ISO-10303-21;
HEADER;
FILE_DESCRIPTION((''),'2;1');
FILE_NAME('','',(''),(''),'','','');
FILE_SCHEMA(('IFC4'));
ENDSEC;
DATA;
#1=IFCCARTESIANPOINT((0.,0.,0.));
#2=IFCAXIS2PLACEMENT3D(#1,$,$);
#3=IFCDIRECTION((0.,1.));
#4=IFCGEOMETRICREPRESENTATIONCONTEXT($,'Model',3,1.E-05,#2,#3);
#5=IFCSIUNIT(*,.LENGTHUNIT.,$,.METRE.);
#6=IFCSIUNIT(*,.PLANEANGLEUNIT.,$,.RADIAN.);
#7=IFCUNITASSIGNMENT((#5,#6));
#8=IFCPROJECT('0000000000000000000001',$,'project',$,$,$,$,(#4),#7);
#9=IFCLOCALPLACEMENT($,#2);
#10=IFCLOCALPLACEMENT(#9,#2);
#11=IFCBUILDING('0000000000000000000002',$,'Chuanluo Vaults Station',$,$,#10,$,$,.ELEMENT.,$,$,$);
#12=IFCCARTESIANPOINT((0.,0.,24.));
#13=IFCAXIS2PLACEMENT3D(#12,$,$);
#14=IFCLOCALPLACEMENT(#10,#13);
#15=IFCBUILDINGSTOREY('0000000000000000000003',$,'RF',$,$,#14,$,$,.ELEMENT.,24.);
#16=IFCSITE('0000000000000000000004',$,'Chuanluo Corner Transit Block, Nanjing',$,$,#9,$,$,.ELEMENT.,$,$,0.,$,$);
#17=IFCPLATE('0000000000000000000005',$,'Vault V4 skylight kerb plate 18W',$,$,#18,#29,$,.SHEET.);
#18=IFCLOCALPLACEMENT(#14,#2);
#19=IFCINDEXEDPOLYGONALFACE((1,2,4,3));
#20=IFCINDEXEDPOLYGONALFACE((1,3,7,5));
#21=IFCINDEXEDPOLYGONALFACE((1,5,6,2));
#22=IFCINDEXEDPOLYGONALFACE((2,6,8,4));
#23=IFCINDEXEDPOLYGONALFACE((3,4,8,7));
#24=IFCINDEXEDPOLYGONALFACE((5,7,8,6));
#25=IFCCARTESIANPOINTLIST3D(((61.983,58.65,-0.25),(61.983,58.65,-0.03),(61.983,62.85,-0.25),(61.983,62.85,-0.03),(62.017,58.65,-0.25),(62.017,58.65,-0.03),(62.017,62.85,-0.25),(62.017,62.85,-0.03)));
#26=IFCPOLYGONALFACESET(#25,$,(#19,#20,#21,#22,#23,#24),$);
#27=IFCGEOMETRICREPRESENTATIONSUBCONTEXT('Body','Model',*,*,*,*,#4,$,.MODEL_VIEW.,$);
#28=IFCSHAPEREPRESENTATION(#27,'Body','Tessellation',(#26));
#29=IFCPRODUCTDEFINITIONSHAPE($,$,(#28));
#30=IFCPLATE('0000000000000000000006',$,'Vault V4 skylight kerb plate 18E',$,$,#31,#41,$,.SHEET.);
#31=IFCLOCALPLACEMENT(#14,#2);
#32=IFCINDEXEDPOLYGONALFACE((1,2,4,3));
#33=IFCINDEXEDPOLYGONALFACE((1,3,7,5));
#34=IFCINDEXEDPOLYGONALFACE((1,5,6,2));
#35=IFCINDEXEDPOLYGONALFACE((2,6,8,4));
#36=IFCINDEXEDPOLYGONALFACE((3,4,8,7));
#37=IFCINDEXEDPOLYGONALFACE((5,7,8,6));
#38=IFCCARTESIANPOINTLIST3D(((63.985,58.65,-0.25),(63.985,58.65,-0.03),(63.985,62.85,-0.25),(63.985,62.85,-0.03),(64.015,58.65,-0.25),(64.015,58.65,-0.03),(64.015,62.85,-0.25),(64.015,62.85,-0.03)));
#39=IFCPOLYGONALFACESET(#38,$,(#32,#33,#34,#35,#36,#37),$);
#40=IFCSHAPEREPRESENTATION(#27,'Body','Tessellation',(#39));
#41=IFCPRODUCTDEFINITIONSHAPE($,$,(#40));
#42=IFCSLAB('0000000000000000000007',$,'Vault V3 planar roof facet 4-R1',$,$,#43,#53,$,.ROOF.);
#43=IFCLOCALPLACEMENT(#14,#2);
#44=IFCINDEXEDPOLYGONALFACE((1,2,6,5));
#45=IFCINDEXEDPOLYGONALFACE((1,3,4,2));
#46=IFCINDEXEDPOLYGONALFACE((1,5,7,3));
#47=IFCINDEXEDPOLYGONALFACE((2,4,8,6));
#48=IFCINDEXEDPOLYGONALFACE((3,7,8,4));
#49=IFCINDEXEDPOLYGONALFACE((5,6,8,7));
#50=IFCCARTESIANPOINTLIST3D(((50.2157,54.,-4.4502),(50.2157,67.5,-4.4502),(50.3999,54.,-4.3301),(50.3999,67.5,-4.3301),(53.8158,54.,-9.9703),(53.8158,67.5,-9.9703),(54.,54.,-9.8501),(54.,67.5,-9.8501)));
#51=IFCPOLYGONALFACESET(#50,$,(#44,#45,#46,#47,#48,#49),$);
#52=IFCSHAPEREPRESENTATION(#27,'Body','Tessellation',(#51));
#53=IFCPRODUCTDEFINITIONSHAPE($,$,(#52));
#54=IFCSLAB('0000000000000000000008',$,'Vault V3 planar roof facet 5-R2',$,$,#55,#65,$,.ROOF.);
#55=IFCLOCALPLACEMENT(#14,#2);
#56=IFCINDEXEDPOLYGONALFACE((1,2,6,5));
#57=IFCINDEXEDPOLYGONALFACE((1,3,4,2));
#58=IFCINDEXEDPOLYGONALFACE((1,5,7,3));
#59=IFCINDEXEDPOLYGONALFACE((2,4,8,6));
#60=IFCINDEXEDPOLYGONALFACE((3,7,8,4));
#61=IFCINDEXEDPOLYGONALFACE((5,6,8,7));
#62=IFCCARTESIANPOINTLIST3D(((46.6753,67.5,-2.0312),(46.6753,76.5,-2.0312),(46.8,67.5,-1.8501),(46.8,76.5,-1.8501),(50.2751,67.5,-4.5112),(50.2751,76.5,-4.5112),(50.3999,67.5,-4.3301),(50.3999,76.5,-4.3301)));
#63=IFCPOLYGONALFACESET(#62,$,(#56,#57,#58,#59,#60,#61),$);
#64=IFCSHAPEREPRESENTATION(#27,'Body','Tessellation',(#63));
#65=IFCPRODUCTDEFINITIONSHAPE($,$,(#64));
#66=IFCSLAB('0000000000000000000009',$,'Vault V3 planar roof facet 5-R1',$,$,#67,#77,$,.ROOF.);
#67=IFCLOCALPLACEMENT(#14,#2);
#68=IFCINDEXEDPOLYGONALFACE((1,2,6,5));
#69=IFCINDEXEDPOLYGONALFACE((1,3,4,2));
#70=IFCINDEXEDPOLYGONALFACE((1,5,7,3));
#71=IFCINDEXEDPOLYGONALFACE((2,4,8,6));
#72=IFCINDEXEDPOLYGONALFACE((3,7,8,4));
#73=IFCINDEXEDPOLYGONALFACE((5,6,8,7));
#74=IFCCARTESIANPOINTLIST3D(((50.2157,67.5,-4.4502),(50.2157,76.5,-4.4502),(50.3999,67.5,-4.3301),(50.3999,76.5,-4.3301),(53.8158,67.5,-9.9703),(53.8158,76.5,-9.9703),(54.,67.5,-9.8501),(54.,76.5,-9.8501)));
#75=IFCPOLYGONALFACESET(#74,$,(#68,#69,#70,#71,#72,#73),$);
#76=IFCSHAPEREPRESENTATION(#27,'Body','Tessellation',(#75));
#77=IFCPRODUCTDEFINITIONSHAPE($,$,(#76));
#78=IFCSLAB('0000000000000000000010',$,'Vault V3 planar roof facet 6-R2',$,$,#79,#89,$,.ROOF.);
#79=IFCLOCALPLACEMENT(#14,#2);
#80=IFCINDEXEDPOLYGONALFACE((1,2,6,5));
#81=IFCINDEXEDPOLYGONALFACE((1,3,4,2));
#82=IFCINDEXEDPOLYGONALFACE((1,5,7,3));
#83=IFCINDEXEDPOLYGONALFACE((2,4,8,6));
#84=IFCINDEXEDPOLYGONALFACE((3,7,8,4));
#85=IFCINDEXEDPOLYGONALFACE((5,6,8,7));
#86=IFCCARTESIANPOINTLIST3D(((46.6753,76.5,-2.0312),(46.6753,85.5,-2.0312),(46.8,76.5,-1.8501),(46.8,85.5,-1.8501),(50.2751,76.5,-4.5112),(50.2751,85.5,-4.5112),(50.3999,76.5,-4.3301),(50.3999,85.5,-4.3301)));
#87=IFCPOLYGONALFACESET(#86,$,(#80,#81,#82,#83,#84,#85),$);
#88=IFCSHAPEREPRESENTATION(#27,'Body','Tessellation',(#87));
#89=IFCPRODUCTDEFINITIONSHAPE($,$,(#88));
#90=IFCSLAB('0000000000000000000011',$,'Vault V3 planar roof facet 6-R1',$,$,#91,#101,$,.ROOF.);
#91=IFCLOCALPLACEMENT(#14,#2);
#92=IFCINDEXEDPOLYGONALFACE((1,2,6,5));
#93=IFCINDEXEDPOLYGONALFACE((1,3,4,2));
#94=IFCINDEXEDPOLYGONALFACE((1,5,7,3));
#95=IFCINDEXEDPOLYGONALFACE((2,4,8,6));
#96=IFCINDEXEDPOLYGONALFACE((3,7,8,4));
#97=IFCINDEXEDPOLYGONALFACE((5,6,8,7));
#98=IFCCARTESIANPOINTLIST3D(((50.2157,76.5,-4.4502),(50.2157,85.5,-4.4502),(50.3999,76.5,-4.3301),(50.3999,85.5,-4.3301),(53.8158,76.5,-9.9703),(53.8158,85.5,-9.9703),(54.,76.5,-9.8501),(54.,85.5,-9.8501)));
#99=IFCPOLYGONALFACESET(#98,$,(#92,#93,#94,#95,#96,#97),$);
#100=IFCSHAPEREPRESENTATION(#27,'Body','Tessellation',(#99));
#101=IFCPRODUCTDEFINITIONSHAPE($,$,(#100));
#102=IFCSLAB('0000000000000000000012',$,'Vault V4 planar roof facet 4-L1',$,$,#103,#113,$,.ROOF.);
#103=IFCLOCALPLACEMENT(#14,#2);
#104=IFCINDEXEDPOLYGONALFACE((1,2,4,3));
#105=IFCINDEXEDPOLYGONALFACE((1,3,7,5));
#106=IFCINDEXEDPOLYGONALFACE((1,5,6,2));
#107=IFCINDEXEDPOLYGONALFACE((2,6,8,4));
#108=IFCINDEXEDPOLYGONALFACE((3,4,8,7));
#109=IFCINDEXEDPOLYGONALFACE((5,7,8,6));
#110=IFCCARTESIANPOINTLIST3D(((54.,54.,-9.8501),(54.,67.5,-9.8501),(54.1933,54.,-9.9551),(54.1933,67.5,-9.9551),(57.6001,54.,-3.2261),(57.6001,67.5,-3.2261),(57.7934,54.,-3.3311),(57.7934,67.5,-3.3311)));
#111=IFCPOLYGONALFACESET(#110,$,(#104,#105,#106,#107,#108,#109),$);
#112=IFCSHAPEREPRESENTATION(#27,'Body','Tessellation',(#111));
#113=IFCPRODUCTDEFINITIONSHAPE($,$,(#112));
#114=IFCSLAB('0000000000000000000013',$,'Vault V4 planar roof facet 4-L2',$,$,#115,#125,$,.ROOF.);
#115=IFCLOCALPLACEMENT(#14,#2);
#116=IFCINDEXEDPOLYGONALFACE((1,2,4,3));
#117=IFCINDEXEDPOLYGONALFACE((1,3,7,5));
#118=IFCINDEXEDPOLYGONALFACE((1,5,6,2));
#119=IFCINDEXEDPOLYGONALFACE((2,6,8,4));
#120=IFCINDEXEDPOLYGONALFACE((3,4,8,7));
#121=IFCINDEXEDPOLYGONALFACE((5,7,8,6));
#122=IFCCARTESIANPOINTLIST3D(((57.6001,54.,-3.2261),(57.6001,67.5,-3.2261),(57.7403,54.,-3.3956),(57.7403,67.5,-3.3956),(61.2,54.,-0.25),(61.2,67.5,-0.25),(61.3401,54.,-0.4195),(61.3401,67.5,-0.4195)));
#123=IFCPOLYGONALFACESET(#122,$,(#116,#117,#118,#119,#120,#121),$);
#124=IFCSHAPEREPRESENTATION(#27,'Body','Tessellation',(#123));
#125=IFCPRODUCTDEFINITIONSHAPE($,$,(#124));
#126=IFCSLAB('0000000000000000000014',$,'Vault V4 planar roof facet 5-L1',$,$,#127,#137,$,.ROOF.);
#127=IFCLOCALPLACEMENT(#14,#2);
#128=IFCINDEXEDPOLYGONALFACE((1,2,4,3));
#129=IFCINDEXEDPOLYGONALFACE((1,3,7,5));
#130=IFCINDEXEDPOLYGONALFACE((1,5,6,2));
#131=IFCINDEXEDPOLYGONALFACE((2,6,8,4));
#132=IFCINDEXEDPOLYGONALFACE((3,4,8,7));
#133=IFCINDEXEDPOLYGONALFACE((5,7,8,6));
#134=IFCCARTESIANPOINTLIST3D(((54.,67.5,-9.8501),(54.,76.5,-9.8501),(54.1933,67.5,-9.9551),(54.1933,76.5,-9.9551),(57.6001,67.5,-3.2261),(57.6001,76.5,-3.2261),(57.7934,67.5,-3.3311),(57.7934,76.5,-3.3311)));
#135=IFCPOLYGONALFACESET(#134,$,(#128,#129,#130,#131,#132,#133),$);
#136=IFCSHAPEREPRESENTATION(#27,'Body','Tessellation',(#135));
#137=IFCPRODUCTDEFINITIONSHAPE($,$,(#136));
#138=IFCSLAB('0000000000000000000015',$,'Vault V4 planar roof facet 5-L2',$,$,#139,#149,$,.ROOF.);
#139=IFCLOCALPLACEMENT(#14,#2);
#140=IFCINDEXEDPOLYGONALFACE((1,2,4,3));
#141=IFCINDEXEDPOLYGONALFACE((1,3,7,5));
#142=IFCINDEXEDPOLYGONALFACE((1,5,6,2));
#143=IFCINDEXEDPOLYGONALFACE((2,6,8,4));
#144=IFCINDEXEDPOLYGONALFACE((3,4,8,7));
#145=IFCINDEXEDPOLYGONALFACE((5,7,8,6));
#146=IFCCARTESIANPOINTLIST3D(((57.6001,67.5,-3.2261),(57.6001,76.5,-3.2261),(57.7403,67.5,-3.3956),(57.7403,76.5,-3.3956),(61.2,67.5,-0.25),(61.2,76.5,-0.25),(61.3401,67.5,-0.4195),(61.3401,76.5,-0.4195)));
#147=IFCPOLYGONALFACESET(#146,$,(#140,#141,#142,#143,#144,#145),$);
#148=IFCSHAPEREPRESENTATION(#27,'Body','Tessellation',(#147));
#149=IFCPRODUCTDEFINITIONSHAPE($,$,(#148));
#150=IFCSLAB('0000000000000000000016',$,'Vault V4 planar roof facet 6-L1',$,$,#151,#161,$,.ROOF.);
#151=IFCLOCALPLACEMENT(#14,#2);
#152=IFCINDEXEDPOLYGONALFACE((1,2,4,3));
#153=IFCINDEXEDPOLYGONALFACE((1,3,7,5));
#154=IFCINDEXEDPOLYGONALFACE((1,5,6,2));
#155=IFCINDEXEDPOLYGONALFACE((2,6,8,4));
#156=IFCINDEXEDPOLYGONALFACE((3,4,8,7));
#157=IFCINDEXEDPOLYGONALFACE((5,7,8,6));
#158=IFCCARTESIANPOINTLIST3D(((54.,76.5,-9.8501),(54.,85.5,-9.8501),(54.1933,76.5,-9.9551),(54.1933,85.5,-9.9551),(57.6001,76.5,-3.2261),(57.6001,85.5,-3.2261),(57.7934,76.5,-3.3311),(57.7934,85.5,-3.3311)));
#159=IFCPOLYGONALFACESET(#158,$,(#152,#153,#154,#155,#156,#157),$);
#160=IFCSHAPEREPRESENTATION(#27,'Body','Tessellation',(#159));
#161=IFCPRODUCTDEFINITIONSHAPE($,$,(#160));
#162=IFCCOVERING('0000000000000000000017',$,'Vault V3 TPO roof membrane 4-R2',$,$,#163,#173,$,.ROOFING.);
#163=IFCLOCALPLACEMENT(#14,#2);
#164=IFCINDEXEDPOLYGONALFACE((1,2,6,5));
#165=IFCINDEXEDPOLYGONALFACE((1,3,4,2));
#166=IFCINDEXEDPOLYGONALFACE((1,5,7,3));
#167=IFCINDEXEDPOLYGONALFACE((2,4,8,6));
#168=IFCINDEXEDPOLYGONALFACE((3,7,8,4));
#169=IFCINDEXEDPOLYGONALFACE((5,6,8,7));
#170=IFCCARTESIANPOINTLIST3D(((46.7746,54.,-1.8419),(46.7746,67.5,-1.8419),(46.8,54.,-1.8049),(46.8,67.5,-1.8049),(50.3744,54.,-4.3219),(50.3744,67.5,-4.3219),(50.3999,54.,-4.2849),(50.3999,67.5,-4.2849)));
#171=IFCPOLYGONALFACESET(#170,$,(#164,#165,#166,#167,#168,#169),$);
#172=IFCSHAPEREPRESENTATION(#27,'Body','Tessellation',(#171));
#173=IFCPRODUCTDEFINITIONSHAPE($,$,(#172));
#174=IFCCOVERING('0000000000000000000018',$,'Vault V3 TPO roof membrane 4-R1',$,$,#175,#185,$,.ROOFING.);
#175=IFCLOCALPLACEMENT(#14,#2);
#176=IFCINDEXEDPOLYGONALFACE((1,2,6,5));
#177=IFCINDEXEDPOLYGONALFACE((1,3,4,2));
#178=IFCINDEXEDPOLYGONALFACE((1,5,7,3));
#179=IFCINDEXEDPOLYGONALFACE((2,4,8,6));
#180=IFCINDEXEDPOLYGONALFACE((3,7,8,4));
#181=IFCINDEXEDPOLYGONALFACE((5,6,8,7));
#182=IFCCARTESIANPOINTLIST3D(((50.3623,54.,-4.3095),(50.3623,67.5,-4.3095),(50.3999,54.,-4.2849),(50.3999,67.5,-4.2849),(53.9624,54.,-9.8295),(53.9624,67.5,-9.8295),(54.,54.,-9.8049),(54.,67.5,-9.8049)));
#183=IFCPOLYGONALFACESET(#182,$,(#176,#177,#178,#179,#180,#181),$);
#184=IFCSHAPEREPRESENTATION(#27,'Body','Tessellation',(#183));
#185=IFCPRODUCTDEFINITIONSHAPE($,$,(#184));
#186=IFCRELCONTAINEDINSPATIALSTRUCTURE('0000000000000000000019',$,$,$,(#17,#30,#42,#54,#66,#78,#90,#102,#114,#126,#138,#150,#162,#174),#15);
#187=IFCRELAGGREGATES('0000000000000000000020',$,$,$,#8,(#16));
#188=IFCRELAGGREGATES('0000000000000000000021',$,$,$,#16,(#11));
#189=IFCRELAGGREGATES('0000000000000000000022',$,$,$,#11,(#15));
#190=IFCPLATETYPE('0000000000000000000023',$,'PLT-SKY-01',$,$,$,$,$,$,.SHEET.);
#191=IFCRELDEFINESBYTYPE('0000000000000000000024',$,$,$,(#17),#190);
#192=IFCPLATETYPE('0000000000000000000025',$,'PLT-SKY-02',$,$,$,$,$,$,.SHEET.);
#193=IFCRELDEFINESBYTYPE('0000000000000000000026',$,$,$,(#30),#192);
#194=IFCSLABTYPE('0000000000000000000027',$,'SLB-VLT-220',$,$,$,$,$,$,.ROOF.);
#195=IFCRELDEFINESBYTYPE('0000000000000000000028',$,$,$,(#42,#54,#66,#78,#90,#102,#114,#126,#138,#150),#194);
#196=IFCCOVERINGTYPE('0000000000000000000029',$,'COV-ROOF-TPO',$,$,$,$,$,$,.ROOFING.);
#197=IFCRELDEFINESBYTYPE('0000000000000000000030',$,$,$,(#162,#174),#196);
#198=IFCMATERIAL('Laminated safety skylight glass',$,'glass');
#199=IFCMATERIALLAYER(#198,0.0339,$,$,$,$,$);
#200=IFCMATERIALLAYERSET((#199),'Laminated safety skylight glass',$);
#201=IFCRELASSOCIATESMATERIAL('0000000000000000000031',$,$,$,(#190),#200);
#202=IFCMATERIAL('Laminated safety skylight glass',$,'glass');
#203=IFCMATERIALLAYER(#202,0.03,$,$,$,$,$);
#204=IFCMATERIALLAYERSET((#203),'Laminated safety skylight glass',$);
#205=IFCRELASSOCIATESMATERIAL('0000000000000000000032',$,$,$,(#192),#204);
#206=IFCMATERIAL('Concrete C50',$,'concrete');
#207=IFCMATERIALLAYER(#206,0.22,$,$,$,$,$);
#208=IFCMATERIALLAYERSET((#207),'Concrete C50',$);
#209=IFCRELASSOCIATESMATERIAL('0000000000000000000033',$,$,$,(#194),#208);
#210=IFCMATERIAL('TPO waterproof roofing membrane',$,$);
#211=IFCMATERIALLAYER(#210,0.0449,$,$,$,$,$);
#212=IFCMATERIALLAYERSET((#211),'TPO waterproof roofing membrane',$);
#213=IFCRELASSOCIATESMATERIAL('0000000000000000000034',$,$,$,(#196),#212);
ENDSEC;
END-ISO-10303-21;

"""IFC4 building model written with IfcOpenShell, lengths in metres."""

from ifc_helpers import new_model, si_unit, direction, frame, origin, origin_2d, place, context, subcontext, project, spatial, polyline, rectangle, outline, extrude, material, layer, layer_set, type_object, element, save


model = new_model("IFC4")

# Units and contexts
model_context = context("Model", 3, precision=1e-05, world=origin(), true_north=direction((0.0, 1.0)))
body_context = subcontext(model_context, "Body", "Model", "MODEL_VIEW")
ifc_project = project(units=[si_unit("LENGTHUNIT", "METRE"), si_unit("PLANEANGLEUNIT", "RADIAN")], contexts=[model_context])

# Site, building, storey
site_placement = place(None, origin())
site = spatial("IfcSite", under=ifc_project, at=site_placement, Name="Chuanluo Corner Transit Block, Nanjing", CompositionType="ELEMENT", RefElevation=0.0)
building_placement = place(site_placement, origin())
building = spatial("IfcBuilding", under=site, at=building_placement, Name="Chuanluo Vaults Station", CompositionType="ELEMENT")
storey_placement = place(building_placement, frame((0.0, 0.0, 24.0)))
storey = spatial("IfcBuildingStorey", under=building, at=storey_placement, Name="RF", CompositionType="ELEMENT", Elevation=24.0)

# Plates
ifc_material_1 = material(Name="Laminated safety skylight glass", Category="glass")
ifc_layer_1 = layer(ifc_material_1, 0.0339)
ifc_layer_set_1 = layer_set([ifc_layer_1], Name="Laminated safety skylight glass")
plate_type_1 = type_object("IfcPlateType", Name="PLT-SKY-01", PredefinedType="SHEET", material=ifc_layer_set_1)
plate_1_placement = place(storey_placement, frame((62.0, 60.75, -0.25), z_axis=(0.0, 0.0, 1.0), x_axis=(1.0, 0.0, 0.0)))
element("IfcPlate", 1, at=plate_1_placement, inside=storey, type_object=plate_type_1, Name="Vault V4 skylight kerb plate 18W", PredefinedType="SHEET", context=body_context, shape_type="SweptSolid", body=[
    extrude(rectangle(XDim=0.0339, YDim=4.2, at=origin_2d()), origin(), (0.0, 0.0, 1.0), 0.22),
])
ifc_material_2 = material(Name="Laminated safety skylight glass", Category="glass")
ifc_layer_2 = layer(ifc_material_2, 0.03)
ifc_layer_set_2 = layer_set([ifc_layer_2], Name="Laminated safety skylight glass")
plate_type_2 = type_object("IfcPlateType", Name="PLT-SKY-02", PredefinedType="SHEET", material=ifc_layer_set_2)
plate_2_placement = place(storey_placement, frame((64.0, 60.75, -0.25), z_axis=(0.0, 0.0, 1.0), x_axis=(1.0, 0.0, 0.0)))
element("IfcPlate", 2, at=plate_2_placement, inside=storey, type_object=plate_type_2, Name="Vault V4 skylight kerb plate 18E", PredefinedType="SHEET", context=body_context, shape_type="SweptSolid", body=[
    extrude(rectangle(XDim=0.03, YDim=4.2, at=origin_2d()), origin(), (0.0, 0.0, 1.0), 0.22),
])

# Slabs
ifc_material_3 = material(Name="Concrete C50", Category="concrete")
ifc_layer_3 = layer(ifc_material_3, 0.22)
ifc_layer_set_3 = layer_set([ifc_layer_3], Name="Concrete C50")
slab_type = type_object("IfcSlabType", Name="SLB-VLT-220", PredefinedType="ROOF", material=ifc_layer_set_3)
slab_1_placement = place(storey_placement, frame((50.3999, 54.0, -4.3301), z_axis=(0.837605, 0.0, 0.546277), x_axis=(0.546277, 0.0, -0.837605)))
element("IfcSlab", 3, at=slab_1_placement, inside=storey, type_object=slab_type, Name="Vault V3 planar roof facet 4-R1", PredefinedType="ROOF", context=body_context, shape_type="SweptSolid", body=[
    extrude(outline(polyline([(0.0, 0.0), (6.5902, 0.0), (6.5902, 13.5), (0.0, 13.5), (0.0, 0.0)])), origin(), (0.0, 0.0, -1.0), 0.22),
])
slab_2_placement = place(storey_placement, frame((46.8, 67.5, -1.8501), z_axis=(0.567318, 0.0, 0.823499), x_axis=(0.823499, 0.0, -0.567318)))
element("IfcSlab", 4, at=slab_2_placement, inside=storey, type_object=slab_type, Name="Vault V3 planar roof facet 5-R2", PredefinedType="ROOF", context=body_context, shape_type="SweptSolid", body=[
    extrude(outline(polyline([(0.0, 0.0), (4.3714, 0.0), (4.3714, 9.0), (0.0, 9.0), (0.0, 0.0)])), origin(), (0.0, 0.0, -1.0), 0.22),
])
slab_3_placement = place(storey_placement, frame((50.3999, 67.5, -4.3301), z_axis=(0.837605, 0.0, 0.546277), x_axis=(0.546277, 0.0, -0.837605)))
element("IfcSlab", 5, at=slab_3_placement, inside=storey, type_object=slab_type, Name="Vault V3 planar roof facet 5-R1", PredefinedType="ROOF", context=body_context, shape_type="SweptSolid", body=[
    extrude(outline(polyline([(0.0, 0.0), (6.5902, 0.0), (6.5902, 9.0), (0.0, 9.0), (0.0, 0.0)])), origin(), (0.0, 0.0, -1.0), 0.22),
])
slab_4_placement = place(storey_placement, frame((46.8, 76.5, -1.8501), z_axis=(0.567318, 0.0, 0.823499), x_axis=(0.823499, 0.0, -0.567318)))
element("IfcSlab", 6, at=slab_4_placement, inside=storey, type_object=slab_type, Name="Vault V3 planar roof facet 6-R2", PredefinedType="ROOF", context=body_context, shape_type="SweptSolid", body=[
    extrude(outline(polyline([(0.0, 0.0), (4.3714, 0.0), (4.3714, 9.0), (0.0, 9.0), (0.0, 0.0)])), origin(), (0.0, 0.0, -1.0), 0.22),
])
slab_5_placement = place(storey_placement, frame((50.3999, 76.5, -4.3301), z_axis=(0.837605, 0.0, 0.546277), x_axis=(0.546277, 0.0, -0.837605)))
element("IfcSlab", 7, at=slab_5_placement, inside=storey, type_object=slab_type, Name="Vault V3 planar roof facet 6-R1", PredefinedType="ROOF", context=body_context, shape_type="SweptSolid", body=[
    extrude(outline(polyline([(0.0, 0.0), (6.5902, 0.0), (6.5902, 9.0), (0.0, 9.0), (0.0, 0.0)])), origin(), (0.0, 0.0, -1.0), 0.22),
])
slab_6_placement = place(storey_placement, frame((54.0, 54.0, -9.8501), z_axis=(-0.87862, 0.0, 0.477522), x_axis=(0.477522, 0.0, 0.87862)))
element("IfcSlab", 8, at=slab_6_placement, inside=storey, type_object=slab_type, Name="Vault V4 planar roof facet 4-L1", PredefinedType="ROOF", context=body_context, shape_type="SweptSolid", body=[
    extrude(outline(polyline([(0.0, 0.0), (7.5391, 0.0), (7.5391, 13.5), (0.0, 13.5), (0.0, 0.0)])), origin(), (0.0, 0.0, -1.0), 0.22),
])
slab_7_placement = place(storey_placement, frame((57.6001, 54.0, -3.2261), z_axis=(-0.637172, 0.0, 0.770722), x_axis=(0.770722, 0.0, 0.637172)))
element("IfcSlab", 9, at=slab_7_placement, inside=storey, type_object=slab_type, Name="Vault V4 planar roof facet 4-L2", PredefinedType="ROOF", context=body_context, shape_type="SweptSolid", body=[
    extrude(outline(polyline([(0.0, 0.0), (4.6708, 0.0), (4.6708, 13.5), (0.0, 13.5), (0.0, 0.0)])), origin(), (0.0, 0.0, -1.0), 0.22),
])
slab_8_placement = place(storey_placement, frame((54.0, 67.5, -9.8501), z_axis=(-0.87862, 0.0, 0.477522), x_axis=(0.477522, 0.0, 0.87862)))
element("IfcSlab", 10, at=slab_8_placement, inside=storey, type_object=slab_type, Name="Vault V4 planar roof facet 5-L1", PredefinedType="ROOF", context=body_context, shape_type="SweptSolid", body=[
    extrude(outline(polyline([(0.0, 0.0), (7.5391, 0.0), (7.5391, 9.0), (0.0, 9.0), (0.0, 0.0)])), origin(), (0.0, 0.0, -1.0), 0.22),
])
slab_9_placement = place(storey_placement, frame((57.6001, 67.5, -3.2261), z_axis=(-0.637172, 0.0, 0.770722), x_axis=(0.770722, 0.0, 0.637172)))
element("IfcSlab", 11, at=slab_9_placement, inside=storey, type_object=slab_type, Name="Vault V4 planar roof facet 5-L2", PredefinedType="ROOF", context=body_context, shape_type="SweptSolid", body=[
    extrude(outline(polyline([(0.0, 0.0), (4.6708, 0.0), (4.6708, 9.0), (0.0, 9.0), (0.0, 0.0)])), origin(), (0.0, 0.0, -1.0), 0.22),
])
slab_10_placement = place(storey_placement, frame((54.0, 76.5, -9.8501), z_axis=(-0.87862, 0.0, 0.477522), x_axis=(0.477522, 0.0, 0.87862)))
element("IfcSlab", 12, at=slab_10_placement, inside=storey, type_object=slab_type, Name="Vault V4 planar roof facet 6-L1", PredefinedType="ROOF", context=body_context, shape_type="SweptSolid", body=[
    extrude(outline(polyline([(0.0, 0.0), (7.5391, 0.0), (7.5391, 9.0), (0.0, 9.0), (0.0, 0.0)])), origin(), (0.0, 0.0, -1.0), 0.22),
])

# Coverings
ifc_material_4 = material(Name="TPO waterproof roofing membrane")
ifc_layer_4 = layer(ifc_material_4, 0.0449)
ifc_layer_set_4 = layer_set([ifc_layer_4], Name="TPO waterproof roofing membrane")
covering_type = type_object("IfcCoveringType", Name="COV-ROOF-TPO", PredefinedType="ROOFING", material=ifc_layer_set_4)
covering_1_placement = place(storey_placement, frame((46.8, 54.0, -1.8049), z_axis=(0.567318, 0.0, 0.823499), x_axis=(0.823499, 0.0, -0.567318)))
element("IfcCovering", 13, at=covering_1_placement, inside=storey, type_object=covering_type, Name="Vault V3 TPO roof membrane 4-R2", PredefinedType="ROOFING", context=body_context, shape_type="SweptSolid", body=[
    extrude(outline(polyline([(0.0, 0.0), (4.3714, 0.0), (4.3714, 13.5), (0.0, 13.5), (0.0, 0.0)])), origin(), (0.0, 0.0, -1.0), 0.0449),
])
covering_2_placement = place(storey_placement, frame((50.3999, 54.0, -4.2849), z_axis=(0.837605, 0.0, 0.546277), x_axis=(0.546277, 0.0, -0.837605)))
element("IfcCovering", 14, at=covering_2_placement, inside=storey, type_object=covering_type, Name="Vault V3 TPO roof membrane 4-R1", PredefinedType="ROOFING", context=body_context, shape_type="SweptSolid", body=[
    extrude(outline(polyline([(0.0, 0.0), (6.5902, 0.0), (6.5902, 13.5), (0.0, 13.5), (0.0, 0.0)])), origin(), (0.0, 0.0, -1.0), 0.0449),
])

save(model, "model.ifc")
